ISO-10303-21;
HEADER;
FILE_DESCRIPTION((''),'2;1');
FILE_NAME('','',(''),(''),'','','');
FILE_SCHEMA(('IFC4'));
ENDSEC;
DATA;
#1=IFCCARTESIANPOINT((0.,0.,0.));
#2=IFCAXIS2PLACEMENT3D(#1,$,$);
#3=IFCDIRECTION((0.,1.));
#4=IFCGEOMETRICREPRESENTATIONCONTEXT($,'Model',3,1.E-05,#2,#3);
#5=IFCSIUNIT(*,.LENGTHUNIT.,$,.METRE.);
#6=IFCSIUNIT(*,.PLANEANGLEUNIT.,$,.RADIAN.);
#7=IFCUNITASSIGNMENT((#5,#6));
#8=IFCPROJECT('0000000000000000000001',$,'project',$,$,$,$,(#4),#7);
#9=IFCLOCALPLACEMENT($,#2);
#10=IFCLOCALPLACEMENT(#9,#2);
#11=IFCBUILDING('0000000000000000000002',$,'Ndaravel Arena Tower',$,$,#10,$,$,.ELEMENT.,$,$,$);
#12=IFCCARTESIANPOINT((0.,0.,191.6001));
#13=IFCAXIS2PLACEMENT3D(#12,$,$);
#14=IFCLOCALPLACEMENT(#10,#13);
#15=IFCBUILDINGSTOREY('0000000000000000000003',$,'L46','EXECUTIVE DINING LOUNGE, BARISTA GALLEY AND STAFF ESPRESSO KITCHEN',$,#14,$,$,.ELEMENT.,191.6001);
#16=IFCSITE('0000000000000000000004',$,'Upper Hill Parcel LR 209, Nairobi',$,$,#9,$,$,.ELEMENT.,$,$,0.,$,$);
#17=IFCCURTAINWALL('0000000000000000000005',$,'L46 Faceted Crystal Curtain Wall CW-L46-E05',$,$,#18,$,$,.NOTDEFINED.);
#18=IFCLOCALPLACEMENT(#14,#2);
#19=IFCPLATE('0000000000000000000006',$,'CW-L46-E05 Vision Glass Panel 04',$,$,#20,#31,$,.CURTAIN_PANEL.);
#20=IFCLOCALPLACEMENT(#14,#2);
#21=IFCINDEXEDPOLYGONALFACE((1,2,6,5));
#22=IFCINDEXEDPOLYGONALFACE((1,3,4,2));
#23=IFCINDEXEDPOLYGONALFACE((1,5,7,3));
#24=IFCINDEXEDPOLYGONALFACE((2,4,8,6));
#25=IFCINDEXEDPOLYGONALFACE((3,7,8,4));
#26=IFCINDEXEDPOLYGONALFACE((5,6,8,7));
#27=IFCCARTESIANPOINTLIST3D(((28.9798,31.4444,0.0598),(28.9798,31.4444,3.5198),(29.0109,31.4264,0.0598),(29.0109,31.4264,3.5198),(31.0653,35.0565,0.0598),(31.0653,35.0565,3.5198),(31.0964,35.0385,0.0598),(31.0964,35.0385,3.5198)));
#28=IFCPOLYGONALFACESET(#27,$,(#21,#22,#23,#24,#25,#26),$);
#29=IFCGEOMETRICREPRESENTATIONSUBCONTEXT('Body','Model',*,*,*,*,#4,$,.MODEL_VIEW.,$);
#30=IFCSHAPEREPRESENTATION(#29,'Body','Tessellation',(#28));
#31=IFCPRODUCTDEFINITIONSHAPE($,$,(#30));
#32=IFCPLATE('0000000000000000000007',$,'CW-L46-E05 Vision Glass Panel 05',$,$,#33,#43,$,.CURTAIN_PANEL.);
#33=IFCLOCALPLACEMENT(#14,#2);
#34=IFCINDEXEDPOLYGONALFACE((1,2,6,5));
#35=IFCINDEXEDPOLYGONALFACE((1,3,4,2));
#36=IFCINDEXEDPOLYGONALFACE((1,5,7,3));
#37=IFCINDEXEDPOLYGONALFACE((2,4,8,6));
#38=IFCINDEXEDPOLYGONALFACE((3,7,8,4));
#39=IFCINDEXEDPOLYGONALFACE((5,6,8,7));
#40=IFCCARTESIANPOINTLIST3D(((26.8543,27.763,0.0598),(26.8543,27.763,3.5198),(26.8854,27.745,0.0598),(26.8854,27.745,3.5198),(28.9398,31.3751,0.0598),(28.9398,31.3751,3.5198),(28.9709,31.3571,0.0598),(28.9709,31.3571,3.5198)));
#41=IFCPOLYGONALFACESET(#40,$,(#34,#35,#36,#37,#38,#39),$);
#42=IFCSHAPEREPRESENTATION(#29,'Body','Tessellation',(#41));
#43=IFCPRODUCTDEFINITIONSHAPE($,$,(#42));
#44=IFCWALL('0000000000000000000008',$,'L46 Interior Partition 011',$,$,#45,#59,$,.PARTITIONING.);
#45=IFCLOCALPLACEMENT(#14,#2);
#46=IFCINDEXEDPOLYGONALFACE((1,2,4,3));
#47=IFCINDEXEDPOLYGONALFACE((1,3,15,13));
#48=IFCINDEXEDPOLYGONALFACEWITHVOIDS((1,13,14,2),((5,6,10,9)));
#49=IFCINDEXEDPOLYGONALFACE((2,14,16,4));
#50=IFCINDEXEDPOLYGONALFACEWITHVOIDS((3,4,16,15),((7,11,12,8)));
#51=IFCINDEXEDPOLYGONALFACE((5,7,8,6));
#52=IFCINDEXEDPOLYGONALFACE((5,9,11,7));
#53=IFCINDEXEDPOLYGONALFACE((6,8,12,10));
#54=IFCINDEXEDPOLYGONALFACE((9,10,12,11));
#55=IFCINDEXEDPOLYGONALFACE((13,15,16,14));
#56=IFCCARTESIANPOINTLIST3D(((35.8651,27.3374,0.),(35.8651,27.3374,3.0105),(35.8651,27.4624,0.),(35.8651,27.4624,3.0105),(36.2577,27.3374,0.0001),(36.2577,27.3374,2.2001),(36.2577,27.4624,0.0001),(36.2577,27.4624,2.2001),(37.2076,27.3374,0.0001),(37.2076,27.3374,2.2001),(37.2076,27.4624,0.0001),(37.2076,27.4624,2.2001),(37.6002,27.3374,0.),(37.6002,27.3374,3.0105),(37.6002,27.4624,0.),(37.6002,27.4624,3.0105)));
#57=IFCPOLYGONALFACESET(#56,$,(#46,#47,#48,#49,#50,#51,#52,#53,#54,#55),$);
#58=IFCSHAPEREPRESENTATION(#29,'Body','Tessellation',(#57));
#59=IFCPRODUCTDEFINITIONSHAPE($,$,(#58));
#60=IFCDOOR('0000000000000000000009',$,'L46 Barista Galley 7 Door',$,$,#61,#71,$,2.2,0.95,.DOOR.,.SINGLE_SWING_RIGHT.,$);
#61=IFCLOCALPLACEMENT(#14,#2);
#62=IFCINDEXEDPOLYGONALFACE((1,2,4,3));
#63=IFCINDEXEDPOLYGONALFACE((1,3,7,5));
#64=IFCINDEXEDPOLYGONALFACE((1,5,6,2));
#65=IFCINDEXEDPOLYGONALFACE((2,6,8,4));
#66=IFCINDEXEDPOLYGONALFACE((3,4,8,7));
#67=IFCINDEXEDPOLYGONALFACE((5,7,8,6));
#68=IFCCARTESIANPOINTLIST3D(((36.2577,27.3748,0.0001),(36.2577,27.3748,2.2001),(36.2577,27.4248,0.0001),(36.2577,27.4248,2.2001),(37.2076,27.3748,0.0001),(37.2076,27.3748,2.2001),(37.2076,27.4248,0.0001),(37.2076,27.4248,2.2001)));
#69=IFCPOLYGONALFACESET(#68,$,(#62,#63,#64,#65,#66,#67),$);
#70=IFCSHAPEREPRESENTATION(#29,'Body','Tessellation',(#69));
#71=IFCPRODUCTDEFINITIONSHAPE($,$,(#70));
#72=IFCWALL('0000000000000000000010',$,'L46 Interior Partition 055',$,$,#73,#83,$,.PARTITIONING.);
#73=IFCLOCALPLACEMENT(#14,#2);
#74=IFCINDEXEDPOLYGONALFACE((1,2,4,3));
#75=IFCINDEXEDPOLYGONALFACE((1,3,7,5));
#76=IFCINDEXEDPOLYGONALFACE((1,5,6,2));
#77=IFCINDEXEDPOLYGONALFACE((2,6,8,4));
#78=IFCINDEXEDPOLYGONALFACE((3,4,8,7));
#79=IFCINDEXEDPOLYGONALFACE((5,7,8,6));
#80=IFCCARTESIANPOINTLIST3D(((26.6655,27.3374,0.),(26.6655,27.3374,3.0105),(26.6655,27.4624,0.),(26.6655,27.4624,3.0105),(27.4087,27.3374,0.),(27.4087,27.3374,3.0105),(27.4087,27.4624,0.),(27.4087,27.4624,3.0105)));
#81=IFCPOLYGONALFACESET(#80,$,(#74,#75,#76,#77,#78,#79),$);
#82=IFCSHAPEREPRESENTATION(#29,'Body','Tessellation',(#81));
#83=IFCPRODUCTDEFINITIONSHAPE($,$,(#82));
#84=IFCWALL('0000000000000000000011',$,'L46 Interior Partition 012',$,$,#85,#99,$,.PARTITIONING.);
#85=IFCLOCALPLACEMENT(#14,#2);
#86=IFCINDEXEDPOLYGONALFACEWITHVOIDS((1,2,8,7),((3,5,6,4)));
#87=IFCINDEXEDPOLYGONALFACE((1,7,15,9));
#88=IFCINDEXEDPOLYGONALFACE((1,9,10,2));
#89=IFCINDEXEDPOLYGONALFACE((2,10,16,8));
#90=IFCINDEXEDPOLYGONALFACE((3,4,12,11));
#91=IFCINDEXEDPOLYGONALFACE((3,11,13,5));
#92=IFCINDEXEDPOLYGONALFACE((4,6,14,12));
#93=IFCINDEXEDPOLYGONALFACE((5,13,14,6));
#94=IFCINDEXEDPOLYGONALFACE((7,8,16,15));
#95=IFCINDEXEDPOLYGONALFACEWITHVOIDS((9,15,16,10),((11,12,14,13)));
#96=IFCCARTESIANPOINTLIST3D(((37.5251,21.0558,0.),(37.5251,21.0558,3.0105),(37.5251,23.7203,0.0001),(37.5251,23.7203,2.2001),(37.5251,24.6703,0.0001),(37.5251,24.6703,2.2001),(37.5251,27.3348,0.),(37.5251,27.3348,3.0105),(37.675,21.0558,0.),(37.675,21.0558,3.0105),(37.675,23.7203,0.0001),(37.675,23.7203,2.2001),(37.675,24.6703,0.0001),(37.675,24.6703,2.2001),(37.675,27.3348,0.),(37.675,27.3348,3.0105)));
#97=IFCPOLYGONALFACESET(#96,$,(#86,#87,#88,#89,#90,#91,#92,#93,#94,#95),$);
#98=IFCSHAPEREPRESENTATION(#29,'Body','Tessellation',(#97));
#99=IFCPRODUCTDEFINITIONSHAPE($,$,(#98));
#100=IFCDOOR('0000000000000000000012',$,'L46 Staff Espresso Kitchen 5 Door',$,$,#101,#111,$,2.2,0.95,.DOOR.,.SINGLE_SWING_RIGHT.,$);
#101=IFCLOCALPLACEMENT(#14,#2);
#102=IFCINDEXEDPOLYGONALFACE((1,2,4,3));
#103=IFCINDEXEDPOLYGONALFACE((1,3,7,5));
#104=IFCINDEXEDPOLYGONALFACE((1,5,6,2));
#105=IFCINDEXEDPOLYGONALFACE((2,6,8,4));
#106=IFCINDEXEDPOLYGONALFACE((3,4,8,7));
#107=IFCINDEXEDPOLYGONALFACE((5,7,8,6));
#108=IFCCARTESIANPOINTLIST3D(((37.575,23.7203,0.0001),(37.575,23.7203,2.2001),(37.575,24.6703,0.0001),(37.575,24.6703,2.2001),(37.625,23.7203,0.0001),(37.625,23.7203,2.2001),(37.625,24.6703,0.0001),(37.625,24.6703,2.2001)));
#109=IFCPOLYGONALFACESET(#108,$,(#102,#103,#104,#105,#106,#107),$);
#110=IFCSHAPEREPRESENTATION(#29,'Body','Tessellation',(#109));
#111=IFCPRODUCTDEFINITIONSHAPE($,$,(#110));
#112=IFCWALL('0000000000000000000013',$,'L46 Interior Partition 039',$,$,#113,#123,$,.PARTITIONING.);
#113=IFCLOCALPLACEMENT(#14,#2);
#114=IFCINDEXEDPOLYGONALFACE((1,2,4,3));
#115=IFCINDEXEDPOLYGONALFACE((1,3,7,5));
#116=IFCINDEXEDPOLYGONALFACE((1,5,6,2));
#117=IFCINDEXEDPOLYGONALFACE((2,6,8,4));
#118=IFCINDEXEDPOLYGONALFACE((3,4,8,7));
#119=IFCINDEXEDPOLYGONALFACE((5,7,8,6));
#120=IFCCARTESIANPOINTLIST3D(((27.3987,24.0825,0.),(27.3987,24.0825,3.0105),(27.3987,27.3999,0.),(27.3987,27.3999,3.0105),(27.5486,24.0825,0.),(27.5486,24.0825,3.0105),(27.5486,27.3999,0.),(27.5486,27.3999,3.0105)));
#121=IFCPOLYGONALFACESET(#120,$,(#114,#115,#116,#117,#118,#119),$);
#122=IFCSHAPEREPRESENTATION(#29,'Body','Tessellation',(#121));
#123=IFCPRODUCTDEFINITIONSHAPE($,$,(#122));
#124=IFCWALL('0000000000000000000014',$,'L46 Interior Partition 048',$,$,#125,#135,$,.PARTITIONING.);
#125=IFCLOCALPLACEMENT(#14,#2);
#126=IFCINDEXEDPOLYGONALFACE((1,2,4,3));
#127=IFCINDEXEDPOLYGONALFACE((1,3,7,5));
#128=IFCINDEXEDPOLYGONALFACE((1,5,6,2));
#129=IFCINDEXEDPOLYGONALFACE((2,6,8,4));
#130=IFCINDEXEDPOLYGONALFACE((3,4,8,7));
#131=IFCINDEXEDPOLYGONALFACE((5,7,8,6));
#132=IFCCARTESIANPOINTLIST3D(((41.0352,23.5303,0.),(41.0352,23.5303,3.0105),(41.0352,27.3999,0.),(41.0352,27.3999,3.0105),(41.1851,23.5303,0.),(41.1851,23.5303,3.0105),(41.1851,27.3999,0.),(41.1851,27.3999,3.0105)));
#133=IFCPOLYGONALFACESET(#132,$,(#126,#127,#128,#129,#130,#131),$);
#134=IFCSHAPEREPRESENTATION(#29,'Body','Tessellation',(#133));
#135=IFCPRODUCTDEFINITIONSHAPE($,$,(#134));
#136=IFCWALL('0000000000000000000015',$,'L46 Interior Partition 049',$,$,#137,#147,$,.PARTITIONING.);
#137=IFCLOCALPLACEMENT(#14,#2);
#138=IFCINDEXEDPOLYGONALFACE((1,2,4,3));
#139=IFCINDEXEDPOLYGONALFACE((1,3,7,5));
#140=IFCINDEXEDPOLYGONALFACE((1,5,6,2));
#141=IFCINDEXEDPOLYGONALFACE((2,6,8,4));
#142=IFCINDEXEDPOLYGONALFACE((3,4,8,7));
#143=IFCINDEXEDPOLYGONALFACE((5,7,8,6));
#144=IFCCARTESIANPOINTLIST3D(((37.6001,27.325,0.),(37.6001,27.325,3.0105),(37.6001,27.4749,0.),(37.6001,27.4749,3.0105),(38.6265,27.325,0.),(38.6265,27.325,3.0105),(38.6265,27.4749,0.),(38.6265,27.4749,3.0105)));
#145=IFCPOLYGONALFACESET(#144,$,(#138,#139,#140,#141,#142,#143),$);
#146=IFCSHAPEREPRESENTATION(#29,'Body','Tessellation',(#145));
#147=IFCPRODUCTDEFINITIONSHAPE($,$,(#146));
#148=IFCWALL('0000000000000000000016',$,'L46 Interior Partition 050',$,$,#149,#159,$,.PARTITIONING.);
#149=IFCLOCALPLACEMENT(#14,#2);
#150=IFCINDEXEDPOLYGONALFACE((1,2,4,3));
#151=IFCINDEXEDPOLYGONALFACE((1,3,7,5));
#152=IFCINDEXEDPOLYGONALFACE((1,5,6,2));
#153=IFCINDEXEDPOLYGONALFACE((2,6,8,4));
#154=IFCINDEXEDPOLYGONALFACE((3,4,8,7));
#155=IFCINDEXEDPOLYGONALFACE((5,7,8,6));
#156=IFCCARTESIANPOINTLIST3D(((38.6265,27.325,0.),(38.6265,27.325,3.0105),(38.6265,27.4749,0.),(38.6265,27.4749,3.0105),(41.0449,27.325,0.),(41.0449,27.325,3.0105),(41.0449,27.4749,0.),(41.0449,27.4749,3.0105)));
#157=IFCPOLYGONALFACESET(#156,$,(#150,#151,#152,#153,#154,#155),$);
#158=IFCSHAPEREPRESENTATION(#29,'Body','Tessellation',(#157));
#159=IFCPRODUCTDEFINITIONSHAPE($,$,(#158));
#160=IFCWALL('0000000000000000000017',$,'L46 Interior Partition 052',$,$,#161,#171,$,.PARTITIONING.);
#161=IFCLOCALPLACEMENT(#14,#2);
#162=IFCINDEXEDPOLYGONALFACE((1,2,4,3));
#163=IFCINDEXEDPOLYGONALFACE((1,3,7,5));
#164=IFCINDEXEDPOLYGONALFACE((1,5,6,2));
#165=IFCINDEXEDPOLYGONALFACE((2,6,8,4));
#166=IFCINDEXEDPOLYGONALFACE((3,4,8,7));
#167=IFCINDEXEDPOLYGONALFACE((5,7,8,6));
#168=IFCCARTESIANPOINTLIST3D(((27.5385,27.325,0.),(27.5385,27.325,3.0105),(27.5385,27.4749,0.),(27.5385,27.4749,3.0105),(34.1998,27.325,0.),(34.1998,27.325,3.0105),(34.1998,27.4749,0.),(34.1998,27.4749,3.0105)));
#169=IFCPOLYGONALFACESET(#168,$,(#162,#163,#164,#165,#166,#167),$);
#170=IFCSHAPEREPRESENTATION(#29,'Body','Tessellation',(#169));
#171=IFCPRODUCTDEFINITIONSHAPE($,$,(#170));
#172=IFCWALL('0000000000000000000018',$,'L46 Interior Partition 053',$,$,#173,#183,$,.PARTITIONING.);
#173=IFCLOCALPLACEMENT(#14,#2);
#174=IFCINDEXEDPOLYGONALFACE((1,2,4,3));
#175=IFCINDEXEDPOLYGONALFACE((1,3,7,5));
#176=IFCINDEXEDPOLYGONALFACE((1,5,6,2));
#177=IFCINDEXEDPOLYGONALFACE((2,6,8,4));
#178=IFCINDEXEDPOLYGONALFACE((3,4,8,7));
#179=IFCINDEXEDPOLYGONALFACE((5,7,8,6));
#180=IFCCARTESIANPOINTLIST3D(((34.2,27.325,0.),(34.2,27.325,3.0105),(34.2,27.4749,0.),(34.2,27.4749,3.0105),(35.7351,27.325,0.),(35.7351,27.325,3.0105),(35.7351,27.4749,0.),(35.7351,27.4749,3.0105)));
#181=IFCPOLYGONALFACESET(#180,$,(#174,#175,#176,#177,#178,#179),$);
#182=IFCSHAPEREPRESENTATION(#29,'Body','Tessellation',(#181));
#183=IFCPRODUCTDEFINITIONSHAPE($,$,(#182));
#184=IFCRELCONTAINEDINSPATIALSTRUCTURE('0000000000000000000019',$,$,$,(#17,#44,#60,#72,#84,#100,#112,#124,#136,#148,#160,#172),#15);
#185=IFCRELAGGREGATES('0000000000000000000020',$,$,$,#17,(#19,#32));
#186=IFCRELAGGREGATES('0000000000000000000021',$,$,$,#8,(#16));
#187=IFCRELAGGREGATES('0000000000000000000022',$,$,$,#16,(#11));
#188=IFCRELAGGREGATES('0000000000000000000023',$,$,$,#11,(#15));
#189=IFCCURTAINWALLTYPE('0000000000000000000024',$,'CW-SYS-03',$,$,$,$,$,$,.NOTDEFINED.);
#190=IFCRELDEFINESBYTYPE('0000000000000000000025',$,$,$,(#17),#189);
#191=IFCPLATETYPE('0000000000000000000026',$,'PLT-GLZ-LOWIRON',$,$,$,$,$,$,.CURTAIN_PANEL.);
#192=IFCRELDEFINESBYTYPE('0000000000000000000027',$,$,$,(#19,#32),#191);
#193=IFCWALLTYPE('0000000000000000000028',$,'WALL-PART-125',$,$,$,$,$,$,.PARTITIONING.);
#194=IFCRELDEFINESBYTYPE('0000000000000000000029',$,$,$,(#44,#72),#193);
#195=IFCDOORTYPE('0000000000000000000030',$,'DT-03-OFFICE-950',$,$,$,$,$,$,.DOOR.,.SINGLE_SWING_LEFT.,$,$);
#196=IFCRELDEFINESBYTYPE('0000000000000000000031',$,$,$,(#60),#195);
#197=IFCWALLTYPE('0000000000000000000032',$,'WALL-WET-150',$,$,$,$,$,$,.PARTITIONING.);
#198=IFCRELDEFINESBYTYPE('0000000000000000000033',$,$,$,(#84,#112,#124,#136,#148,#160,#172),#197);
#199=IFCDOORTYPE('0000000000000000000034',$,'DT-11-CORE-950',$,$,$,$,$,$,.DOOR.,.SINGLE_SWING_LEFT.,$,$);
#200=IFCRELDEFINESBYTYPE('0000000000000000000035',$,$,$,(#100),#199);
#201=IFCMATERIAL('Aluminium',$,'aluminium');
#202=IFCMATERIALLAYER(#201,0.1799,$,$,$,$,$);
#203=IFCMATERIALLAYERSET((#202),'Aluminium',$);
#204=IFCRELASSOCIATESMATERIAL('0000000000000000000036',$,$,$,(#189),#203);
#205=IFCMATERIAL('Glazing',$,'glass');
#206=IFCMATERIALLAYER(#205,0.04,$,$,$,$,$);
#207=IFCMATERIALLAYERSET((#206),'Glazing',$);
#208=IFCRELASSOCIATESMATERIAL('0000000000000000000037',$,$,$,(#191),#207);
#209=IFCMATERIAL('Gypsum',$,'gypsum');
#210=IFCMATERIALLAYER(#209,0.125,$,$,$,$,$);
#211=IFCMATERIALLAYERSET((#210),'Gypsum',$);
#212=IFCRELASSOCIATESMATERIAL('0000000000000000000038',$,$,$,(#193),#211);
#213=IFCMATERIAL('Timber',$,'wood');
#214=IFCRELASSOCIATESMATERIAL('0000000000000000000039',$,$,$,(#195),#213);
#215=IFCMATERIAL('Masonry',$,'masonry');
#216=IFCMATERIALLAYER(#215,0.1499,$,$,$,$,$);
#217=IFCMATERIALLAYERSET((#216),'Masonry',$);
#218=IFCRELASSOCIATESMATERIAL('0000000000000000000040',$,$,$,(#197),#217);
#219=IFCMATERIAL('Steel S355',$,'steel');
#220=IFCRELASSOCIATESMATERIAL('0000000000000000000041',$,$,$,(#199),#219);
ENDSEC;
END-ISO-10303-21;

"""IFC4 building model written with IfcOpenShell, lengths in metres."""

from ifc_helpers import new_model, si_unit, direction, frame, frame_2d, origin, origin_2d, place, context, subcontext, project, spatial, rectangle, extrude, material, layer, layer_set, type_object, element, fill, aggregate, save


model = new_model("IFC4")

# Units and contexts
model_context = context("Model", 3, precision=1e-05, world=origin(), true_north=direction((0.0, 1.0)))
body_context = subcontext(model_context, "Body", "Model", "MODEL_VIEW")
ifc_project = project(units=[si_unit("LENGTHUNIT", "METRE"), si_unit("PLANEANGLEUNIT", "RADIAN")], contexts=[model_context])

# Site, building, storey
site_placement = place(None, origin())
site = spatial("IfcSite", under=ifc_project, at=site_placement, Name="Upper Hill Parcel LR 209, Nairobi", CompositionType="ELEMENT", RefElevation=0.0)
building_placement = place(site_placement, origin())
building = spatial("IfcBuilding", under=site, at=building_placement, Name="Ndaravel Arena Tower", CompositionType="ELEMENT")
storey_placement = place(building_placement, frame((0.0, 0.0, 191.6001)))
storey = spatial("IfcBuildingStorey", under=building, at=storey_placement, Name="L46", Description="EXECUTIVE DINING LOUNGE, BARISTA GALLEY AND STAFF ESPRESSO KITCHEN", CompositionType="ELEMENT", Elevation=191.6001)

# Curtain wall, plates
ifc_material_1 = material(Name="Aluminium", Category="aluminium")
ifc_layer_1 = layer(ifc_material_1, 0.1799)
ifc_layer_set_1 = layer_set([ifc_layer_1], Name="Aluminium")
curtain_wall_type = type_object("IfcCurtainWallType", Name="CW-SYS-03", PredefinedType="NOTDEFINED", material=ifc_layer_set_1)
curtain_wall_placement = place(storey_placement, origin())
curtain_wall = element("IfcCurtainWall", 1, at=curtain_wall_placement, inside=storey, type_object=curtain_wall_type, Name="L46 Faceted Crystal Curtain Wall CW-L46-E05", PredefinedType="NOTDEFINED")
ifc_material_2 = material(Name="Glazing", Category="glass")
ifc_layer_2 = layer(ifc_material_2, 0.04)
ifc_layer_set_2 = layer_set([ifc_layer_2], Name="Glazing")
plate_type = type_object("IfcPlateType", Name="PLT-GLZ-LOWIRON", PredefinedType="CURTAIN_PANEL", material=ifc_layer_set_2)
plate_1_placement = place(storey_placement, frame((30.0381, 33.2415, 0.0598), z_axis=(0.0, 0.0, 1.0), x_axis=(-0.5, -0.866025, 0.0)))
plate_1 = element("IfcPlate", 2, at=plate_1_placement, type_object=plate_type, Name="CW-L46-E05 Vision Glass Panel 04", PredefinedType="CURTAIN_PANEL", context=body_context, shape_type="SweptSolid", body=[
    extrude(rectangle(XDim=4.1709, YDim=0.0359, at=origin_2d()), origin(), (0.0, 0.0, 1.0), 3.46),
])
plate_2_placement = place(storey_placement, frame((27.9126, 29.5601, 0.0598), z_axis=(0.0, 0.0, 1.0), x_axis=(-0.5, -0.866025, 0.0)))
plate_2 = element("IfcPlate", 3, at=plate_2_placement, type_object=plate_type, Name="CW-L46-E05 Vision Glass Panel 05", PredefinedType="CURTAIN_PANEL", context=body_context, shape_type="SweptSolid", body=[
    extrude(rectangle(XDim=4.1709, YDim=0.0359, at=origin_2d()), origin(), (0.0, 0.0, 1.0), 3.46),
])
aggregate(curtain_wall, [plate_1, plate_2])

# Wall, opening, door
ifc_material_3 = material(Name="Gypsum", Category="gypsum")
ifc_layer_3 = layer(ifc_material_3, 0.125)
ifc_layer_set_3 = layer_set([ifc_layer_3], Name="Gypsum")
wall_type_1 = type_object("IfcWallType", Name="WALL-PART-125", PredefinedType="PARTITIONING", material=ifc_layer_set_3)
wall_1_placement = place(storey_placement, frame((35.865, 27.3999, 0.0), z_axis=(0.0, 0.0, 1.0), x_axis=(1.0, 0.0, 0.0)))
wall_1 = element("IfcWall", 4, at=wall_1_placement, inside=storey, type_object=wall_type_1, Name="L46 Interior Partition 011", PredefinedType="PARTITIONING", context=body_context, shape_type="SweptSolid", body=[
    extrude(rectangle(XDim=1.7351, YDim=0.125, at=frame_2d((0.8677, 0.0))), origin(), (0.0, 0.0, 1.0), 3.0105),
])
opening_1_placement = place(wall_1_placement, frame((0.3926, 0.0, 0.0)))
opening_1 = element("IfcOpeningElement", 5, at=opening_1_placement, cuts=wall_1, PredefinedType="OPENING", context=body_context, shape_type="SweptSolid", body=[
    extrude(rectangle(XDim=0.95, YDim=2.2, at=frame_2d((0.4751, 1.1001))), frame((0.0, 0.0625, 0.0), z_axis=(0.0, -1.0, 0.0), x_axis=(1.0, 0.0, 0.0)), (0.0, 0.0, 1.0), 0.125),
])
ifc_material_4 = material(Name="Timber", Category="wood")
door_type_1 = type_object("IfcDoorType", Name="DT-03-OFFICE-950", OperationType="SINGLE_SWING_LEFT", PredefinedType="DOOR", material=ifc_material_4)
door_1_placement = place(opening_1_placement, origin())
door_1 = element("IfcDoor", 6, at=door_1_placement, inside=storey, type_object=door_type_1, Name="L46 Barista Galley 7 Door", OperationType="SINGLE_SWING_RIGHT", OverallHeight=2.2, OverallWidth=0.95, PredefinedType="DOOR", context=body_context, shape_type="SweptSolid", body=[
    extrude(rectangle(XDim=0.95, YDim=2.2, at=frame_2d((0.4751, 1.1001))), frame((0.0, 0.0249, 0.0), z_axis=(0.0, -1.0, 0.0), x_axis=(1.0, 0.0, 0.0)), (0.0, 0.0, 1.0), 0.05),
])
fill(opening_1, door_1)

# Wall
wall_2_placement = place(storey_placement, frame((27.4087, 27.3999, 0.0), z_axis=(0.0, 0.0, 1.0), x_axis=(-1.0, 0.0, 0.0)))
element("IfcWall", 7, at=wall_2_placement, inside=storey, type_object=wall_type_1, Name="L46 Interior Partition 055", PredefinedType="PARTITIONING", context=body_context, shape_type="SweptSolid", body=[
    extrude(rectangle(XDim=0.7432, YDim=0.125, at=frame_2d((0.3716, 0.0))), origin(), (0.0, 0.0, 1.0), 3.0105),
])

# Wall, opening, door
ifc_material_5 = material(Name="Masonry", Category="masonry")
ifc_layer_4 = layer(ifc_material_5, 0.1499)
ifc_layer_set_4 = layer_set([ifc_layer_4], Name="Masonry")
wall_type_2 = type_object("IfcWallType", Name="WALL-WET-150", PredefinedType="PARTITIONING", material=ifc_layer_set_4)
wall_3_placement = place(storey_placement, frame((37.6001, 27.335, 0.0), z_axis=(0.0, 0.0, 1.0), x_axis=(0.0, -1.0, 0.0)))
wall_3 = element("IfcWall", 8, at=wall_3_placement, inside=storey, type_object=wall_type_2, Name="L46 Interior Partition 012", PredefinedType="PARTITIONING", context=body_context, shape_type="SweptSolid", body=[
    extrude(rectangle(XDim=6.2791, YDim=0.1499, at=frame_2d((3.1396, 0.0))), origin(), (0.0, 0.0, 1.0), 3.0105),
])
opening_2_placement = place(wall_3_placement, frame((2.6646, 0.0, 0.0)))
opening_2 = element("IfcOpeningElement", 9, at=opening_2_placement, cuts=wall_3, PredefinedType="OPENING", context=body_context, shape_type="SweptSolid", body=[
    extrude(rectangle(XDim=0.95, YDim=2.2, at=frame_2d((0.4751, 1.1001))), frame((0.0, 0.075, 0.0), z_axis=(0.0, -1.0, 0.0), x_axis=(1.0, 0.0, 0.0)), (0.0, 0.0, 1.0), 0.1499),
])
ifc_material_6 = material(Name="Steel S355", Category="steel")
door_type_2 = type_object("IfcDoorType", Name="DT-11-CORE-950", OperationType="SINGLE_SWING_LEFT", PredefinedType="DOOR", material=ifc_material_6)
door_2_placement = place(opening_2_placement, origin())
door_2 = element("IfcDoor", 10, at=door_2_placement, inside=storey, type_object=door_type_2, Name="L46 Staff Espresso Kitchen 5 Door", OperationType="SINGLE_SWING_RIGHT", OverallHeight=2.2, OverallWidth=0.95, PredefinedType="DOOR", context=body_context, shape_type="SweptSolid", body=[
    extrude(rectangle(XDim=0.95, YDim=2.2, at=frame_2d((0.4751, 1.1001))), frame((0.0, 0.0249, 0.0), z_axis=(0.0, -1.0, 0.0), x_axis=(1.0, 0.0, 0.0)), (0.0, 0.0, 1.0), 0.05),
])
fill(opening_2, door_2)

# Walls
wall_4_placement = place(storey_placement, frame((27.4736, 27.3999, 0.0), z_axis=(0.0, 0.0, 1.0), x_axis=(0.0, -1.0, 0.0)))
element("IfcWall", 11, at=wall_4_placement, inside=storey, type_object=wall_type_2, Name="L46 Interior Partition 039", PredefinedType="PARTITIONING", context=body_context, shape_type="SweptSolid", body=[
    extrude(rectangle(XDim=3.3174, YDim=0.1499, at=frame_2d((1.6587, 0.0))), origin(), (0.0, 0.0, 1.0), 3.0105),
])
wall_5_placement = place(storey_placement, frame((41.1101, 27.3999, 0.0), z_axis=(0.0, 0.0, 1.0), x_axis=(0.0, -1.0, 0.0)))
element("IfcWall", 12, at=wall_5_placement, inside=storey, type_object=wall_type_2, Name="L46 Interior Partition 048", PredefinedType="PARTITIONING", context=body_context, shape_type="SweptSolid", body=[
    extrude(rectangle(XDim=3.8696, YDim=0.1499, at=frame_2d((1.9348, 0.0))), origin(), (0.0, 0.0, 1.0), 3.0105),
])
wall_6_placement = place(storey_placement, frame((37.6001, 27.3999, 0.0), z_axis=(0.0, 0.0, 1.0), x_axis=(1.0, 0.0, 0.0)))
element("IfcWall", 13, at=wall_6_placement, inside=storey, type_object=wall_type_2, Name="L46 Interior Partition 049", PredefinedType="PARTITIONING", context=body_context, shape_type="SweptSolid", body=[
    extrude(rectangle(XDim=1.0264, YDim=0.1499, at=frame_2d((0.5132, 0.0))), origin(), (0.0, 0.0, 1.0), 3.0105),
])
wall_7_placement = place(storey_placement, frame((38.6265, 27.3999, 0.0), z_axis=(0.0, 0.0, 1.0), x_axis=(1.0, 0.0, 0.0)))
element("IfcWall", 14, at=wall_7_placement, inside=storey, type_object=wall_type_2, Name="L46 Interior Partition 050", PredefinedType="PARTITIONING", context=body_context, shape_type="SweptSolid", body=[
    extrude(rectangle(XDim=2.4185, YDim=0.1499, at=frame_2d((1.2092, 0.0))), origin(), (0.0, 0.0, 1.0), 3.0105),
])
wall_8_placement = place(storey_placement, frame((27.5386, 27.3999, 0.0), z_axis=(0.0, 0.0, 1.0), x_axis=(1.0, 0.0, 0.0)))
element("IfcWall", 15, at=wall_8_placement, inside=storey, type_object=wall_type_2, Name="L46 Interior Partition 052", PredefinedType="PARTITIONING", context=body_context, shape_type="SweptSolid", body=[
    extrude(rectangle(XDim=6.6614, YDim=0.1499, at=frame_2d((3.3306, 0.0))), origin(), (0.0, 0.0, 1.0), 3.0105),
])
wall_9_placement = place(storey_placement, frame((34.2, 27.3999, 0.0), z_axis=(0.0, 0.0, 1.0), x_axis=(1.0, 0.0, 0.0)))
element("IfcWall", 16, at=wall_9_placement, inside=storey, type_object=wall_type_2, Name="L46 Interior Partition 053", PredefinedType="PARTITIONING", context=body_context, shape_type="SweptSolid", body=[
    extrude(rectangle(XDim=1.5352, YDim=0.1499, at=frame_2d((0.7676, 0.0))), origin(), (0.0, 0.0, 1.0), 3.0105),
])

save(model, "model.ifc")
